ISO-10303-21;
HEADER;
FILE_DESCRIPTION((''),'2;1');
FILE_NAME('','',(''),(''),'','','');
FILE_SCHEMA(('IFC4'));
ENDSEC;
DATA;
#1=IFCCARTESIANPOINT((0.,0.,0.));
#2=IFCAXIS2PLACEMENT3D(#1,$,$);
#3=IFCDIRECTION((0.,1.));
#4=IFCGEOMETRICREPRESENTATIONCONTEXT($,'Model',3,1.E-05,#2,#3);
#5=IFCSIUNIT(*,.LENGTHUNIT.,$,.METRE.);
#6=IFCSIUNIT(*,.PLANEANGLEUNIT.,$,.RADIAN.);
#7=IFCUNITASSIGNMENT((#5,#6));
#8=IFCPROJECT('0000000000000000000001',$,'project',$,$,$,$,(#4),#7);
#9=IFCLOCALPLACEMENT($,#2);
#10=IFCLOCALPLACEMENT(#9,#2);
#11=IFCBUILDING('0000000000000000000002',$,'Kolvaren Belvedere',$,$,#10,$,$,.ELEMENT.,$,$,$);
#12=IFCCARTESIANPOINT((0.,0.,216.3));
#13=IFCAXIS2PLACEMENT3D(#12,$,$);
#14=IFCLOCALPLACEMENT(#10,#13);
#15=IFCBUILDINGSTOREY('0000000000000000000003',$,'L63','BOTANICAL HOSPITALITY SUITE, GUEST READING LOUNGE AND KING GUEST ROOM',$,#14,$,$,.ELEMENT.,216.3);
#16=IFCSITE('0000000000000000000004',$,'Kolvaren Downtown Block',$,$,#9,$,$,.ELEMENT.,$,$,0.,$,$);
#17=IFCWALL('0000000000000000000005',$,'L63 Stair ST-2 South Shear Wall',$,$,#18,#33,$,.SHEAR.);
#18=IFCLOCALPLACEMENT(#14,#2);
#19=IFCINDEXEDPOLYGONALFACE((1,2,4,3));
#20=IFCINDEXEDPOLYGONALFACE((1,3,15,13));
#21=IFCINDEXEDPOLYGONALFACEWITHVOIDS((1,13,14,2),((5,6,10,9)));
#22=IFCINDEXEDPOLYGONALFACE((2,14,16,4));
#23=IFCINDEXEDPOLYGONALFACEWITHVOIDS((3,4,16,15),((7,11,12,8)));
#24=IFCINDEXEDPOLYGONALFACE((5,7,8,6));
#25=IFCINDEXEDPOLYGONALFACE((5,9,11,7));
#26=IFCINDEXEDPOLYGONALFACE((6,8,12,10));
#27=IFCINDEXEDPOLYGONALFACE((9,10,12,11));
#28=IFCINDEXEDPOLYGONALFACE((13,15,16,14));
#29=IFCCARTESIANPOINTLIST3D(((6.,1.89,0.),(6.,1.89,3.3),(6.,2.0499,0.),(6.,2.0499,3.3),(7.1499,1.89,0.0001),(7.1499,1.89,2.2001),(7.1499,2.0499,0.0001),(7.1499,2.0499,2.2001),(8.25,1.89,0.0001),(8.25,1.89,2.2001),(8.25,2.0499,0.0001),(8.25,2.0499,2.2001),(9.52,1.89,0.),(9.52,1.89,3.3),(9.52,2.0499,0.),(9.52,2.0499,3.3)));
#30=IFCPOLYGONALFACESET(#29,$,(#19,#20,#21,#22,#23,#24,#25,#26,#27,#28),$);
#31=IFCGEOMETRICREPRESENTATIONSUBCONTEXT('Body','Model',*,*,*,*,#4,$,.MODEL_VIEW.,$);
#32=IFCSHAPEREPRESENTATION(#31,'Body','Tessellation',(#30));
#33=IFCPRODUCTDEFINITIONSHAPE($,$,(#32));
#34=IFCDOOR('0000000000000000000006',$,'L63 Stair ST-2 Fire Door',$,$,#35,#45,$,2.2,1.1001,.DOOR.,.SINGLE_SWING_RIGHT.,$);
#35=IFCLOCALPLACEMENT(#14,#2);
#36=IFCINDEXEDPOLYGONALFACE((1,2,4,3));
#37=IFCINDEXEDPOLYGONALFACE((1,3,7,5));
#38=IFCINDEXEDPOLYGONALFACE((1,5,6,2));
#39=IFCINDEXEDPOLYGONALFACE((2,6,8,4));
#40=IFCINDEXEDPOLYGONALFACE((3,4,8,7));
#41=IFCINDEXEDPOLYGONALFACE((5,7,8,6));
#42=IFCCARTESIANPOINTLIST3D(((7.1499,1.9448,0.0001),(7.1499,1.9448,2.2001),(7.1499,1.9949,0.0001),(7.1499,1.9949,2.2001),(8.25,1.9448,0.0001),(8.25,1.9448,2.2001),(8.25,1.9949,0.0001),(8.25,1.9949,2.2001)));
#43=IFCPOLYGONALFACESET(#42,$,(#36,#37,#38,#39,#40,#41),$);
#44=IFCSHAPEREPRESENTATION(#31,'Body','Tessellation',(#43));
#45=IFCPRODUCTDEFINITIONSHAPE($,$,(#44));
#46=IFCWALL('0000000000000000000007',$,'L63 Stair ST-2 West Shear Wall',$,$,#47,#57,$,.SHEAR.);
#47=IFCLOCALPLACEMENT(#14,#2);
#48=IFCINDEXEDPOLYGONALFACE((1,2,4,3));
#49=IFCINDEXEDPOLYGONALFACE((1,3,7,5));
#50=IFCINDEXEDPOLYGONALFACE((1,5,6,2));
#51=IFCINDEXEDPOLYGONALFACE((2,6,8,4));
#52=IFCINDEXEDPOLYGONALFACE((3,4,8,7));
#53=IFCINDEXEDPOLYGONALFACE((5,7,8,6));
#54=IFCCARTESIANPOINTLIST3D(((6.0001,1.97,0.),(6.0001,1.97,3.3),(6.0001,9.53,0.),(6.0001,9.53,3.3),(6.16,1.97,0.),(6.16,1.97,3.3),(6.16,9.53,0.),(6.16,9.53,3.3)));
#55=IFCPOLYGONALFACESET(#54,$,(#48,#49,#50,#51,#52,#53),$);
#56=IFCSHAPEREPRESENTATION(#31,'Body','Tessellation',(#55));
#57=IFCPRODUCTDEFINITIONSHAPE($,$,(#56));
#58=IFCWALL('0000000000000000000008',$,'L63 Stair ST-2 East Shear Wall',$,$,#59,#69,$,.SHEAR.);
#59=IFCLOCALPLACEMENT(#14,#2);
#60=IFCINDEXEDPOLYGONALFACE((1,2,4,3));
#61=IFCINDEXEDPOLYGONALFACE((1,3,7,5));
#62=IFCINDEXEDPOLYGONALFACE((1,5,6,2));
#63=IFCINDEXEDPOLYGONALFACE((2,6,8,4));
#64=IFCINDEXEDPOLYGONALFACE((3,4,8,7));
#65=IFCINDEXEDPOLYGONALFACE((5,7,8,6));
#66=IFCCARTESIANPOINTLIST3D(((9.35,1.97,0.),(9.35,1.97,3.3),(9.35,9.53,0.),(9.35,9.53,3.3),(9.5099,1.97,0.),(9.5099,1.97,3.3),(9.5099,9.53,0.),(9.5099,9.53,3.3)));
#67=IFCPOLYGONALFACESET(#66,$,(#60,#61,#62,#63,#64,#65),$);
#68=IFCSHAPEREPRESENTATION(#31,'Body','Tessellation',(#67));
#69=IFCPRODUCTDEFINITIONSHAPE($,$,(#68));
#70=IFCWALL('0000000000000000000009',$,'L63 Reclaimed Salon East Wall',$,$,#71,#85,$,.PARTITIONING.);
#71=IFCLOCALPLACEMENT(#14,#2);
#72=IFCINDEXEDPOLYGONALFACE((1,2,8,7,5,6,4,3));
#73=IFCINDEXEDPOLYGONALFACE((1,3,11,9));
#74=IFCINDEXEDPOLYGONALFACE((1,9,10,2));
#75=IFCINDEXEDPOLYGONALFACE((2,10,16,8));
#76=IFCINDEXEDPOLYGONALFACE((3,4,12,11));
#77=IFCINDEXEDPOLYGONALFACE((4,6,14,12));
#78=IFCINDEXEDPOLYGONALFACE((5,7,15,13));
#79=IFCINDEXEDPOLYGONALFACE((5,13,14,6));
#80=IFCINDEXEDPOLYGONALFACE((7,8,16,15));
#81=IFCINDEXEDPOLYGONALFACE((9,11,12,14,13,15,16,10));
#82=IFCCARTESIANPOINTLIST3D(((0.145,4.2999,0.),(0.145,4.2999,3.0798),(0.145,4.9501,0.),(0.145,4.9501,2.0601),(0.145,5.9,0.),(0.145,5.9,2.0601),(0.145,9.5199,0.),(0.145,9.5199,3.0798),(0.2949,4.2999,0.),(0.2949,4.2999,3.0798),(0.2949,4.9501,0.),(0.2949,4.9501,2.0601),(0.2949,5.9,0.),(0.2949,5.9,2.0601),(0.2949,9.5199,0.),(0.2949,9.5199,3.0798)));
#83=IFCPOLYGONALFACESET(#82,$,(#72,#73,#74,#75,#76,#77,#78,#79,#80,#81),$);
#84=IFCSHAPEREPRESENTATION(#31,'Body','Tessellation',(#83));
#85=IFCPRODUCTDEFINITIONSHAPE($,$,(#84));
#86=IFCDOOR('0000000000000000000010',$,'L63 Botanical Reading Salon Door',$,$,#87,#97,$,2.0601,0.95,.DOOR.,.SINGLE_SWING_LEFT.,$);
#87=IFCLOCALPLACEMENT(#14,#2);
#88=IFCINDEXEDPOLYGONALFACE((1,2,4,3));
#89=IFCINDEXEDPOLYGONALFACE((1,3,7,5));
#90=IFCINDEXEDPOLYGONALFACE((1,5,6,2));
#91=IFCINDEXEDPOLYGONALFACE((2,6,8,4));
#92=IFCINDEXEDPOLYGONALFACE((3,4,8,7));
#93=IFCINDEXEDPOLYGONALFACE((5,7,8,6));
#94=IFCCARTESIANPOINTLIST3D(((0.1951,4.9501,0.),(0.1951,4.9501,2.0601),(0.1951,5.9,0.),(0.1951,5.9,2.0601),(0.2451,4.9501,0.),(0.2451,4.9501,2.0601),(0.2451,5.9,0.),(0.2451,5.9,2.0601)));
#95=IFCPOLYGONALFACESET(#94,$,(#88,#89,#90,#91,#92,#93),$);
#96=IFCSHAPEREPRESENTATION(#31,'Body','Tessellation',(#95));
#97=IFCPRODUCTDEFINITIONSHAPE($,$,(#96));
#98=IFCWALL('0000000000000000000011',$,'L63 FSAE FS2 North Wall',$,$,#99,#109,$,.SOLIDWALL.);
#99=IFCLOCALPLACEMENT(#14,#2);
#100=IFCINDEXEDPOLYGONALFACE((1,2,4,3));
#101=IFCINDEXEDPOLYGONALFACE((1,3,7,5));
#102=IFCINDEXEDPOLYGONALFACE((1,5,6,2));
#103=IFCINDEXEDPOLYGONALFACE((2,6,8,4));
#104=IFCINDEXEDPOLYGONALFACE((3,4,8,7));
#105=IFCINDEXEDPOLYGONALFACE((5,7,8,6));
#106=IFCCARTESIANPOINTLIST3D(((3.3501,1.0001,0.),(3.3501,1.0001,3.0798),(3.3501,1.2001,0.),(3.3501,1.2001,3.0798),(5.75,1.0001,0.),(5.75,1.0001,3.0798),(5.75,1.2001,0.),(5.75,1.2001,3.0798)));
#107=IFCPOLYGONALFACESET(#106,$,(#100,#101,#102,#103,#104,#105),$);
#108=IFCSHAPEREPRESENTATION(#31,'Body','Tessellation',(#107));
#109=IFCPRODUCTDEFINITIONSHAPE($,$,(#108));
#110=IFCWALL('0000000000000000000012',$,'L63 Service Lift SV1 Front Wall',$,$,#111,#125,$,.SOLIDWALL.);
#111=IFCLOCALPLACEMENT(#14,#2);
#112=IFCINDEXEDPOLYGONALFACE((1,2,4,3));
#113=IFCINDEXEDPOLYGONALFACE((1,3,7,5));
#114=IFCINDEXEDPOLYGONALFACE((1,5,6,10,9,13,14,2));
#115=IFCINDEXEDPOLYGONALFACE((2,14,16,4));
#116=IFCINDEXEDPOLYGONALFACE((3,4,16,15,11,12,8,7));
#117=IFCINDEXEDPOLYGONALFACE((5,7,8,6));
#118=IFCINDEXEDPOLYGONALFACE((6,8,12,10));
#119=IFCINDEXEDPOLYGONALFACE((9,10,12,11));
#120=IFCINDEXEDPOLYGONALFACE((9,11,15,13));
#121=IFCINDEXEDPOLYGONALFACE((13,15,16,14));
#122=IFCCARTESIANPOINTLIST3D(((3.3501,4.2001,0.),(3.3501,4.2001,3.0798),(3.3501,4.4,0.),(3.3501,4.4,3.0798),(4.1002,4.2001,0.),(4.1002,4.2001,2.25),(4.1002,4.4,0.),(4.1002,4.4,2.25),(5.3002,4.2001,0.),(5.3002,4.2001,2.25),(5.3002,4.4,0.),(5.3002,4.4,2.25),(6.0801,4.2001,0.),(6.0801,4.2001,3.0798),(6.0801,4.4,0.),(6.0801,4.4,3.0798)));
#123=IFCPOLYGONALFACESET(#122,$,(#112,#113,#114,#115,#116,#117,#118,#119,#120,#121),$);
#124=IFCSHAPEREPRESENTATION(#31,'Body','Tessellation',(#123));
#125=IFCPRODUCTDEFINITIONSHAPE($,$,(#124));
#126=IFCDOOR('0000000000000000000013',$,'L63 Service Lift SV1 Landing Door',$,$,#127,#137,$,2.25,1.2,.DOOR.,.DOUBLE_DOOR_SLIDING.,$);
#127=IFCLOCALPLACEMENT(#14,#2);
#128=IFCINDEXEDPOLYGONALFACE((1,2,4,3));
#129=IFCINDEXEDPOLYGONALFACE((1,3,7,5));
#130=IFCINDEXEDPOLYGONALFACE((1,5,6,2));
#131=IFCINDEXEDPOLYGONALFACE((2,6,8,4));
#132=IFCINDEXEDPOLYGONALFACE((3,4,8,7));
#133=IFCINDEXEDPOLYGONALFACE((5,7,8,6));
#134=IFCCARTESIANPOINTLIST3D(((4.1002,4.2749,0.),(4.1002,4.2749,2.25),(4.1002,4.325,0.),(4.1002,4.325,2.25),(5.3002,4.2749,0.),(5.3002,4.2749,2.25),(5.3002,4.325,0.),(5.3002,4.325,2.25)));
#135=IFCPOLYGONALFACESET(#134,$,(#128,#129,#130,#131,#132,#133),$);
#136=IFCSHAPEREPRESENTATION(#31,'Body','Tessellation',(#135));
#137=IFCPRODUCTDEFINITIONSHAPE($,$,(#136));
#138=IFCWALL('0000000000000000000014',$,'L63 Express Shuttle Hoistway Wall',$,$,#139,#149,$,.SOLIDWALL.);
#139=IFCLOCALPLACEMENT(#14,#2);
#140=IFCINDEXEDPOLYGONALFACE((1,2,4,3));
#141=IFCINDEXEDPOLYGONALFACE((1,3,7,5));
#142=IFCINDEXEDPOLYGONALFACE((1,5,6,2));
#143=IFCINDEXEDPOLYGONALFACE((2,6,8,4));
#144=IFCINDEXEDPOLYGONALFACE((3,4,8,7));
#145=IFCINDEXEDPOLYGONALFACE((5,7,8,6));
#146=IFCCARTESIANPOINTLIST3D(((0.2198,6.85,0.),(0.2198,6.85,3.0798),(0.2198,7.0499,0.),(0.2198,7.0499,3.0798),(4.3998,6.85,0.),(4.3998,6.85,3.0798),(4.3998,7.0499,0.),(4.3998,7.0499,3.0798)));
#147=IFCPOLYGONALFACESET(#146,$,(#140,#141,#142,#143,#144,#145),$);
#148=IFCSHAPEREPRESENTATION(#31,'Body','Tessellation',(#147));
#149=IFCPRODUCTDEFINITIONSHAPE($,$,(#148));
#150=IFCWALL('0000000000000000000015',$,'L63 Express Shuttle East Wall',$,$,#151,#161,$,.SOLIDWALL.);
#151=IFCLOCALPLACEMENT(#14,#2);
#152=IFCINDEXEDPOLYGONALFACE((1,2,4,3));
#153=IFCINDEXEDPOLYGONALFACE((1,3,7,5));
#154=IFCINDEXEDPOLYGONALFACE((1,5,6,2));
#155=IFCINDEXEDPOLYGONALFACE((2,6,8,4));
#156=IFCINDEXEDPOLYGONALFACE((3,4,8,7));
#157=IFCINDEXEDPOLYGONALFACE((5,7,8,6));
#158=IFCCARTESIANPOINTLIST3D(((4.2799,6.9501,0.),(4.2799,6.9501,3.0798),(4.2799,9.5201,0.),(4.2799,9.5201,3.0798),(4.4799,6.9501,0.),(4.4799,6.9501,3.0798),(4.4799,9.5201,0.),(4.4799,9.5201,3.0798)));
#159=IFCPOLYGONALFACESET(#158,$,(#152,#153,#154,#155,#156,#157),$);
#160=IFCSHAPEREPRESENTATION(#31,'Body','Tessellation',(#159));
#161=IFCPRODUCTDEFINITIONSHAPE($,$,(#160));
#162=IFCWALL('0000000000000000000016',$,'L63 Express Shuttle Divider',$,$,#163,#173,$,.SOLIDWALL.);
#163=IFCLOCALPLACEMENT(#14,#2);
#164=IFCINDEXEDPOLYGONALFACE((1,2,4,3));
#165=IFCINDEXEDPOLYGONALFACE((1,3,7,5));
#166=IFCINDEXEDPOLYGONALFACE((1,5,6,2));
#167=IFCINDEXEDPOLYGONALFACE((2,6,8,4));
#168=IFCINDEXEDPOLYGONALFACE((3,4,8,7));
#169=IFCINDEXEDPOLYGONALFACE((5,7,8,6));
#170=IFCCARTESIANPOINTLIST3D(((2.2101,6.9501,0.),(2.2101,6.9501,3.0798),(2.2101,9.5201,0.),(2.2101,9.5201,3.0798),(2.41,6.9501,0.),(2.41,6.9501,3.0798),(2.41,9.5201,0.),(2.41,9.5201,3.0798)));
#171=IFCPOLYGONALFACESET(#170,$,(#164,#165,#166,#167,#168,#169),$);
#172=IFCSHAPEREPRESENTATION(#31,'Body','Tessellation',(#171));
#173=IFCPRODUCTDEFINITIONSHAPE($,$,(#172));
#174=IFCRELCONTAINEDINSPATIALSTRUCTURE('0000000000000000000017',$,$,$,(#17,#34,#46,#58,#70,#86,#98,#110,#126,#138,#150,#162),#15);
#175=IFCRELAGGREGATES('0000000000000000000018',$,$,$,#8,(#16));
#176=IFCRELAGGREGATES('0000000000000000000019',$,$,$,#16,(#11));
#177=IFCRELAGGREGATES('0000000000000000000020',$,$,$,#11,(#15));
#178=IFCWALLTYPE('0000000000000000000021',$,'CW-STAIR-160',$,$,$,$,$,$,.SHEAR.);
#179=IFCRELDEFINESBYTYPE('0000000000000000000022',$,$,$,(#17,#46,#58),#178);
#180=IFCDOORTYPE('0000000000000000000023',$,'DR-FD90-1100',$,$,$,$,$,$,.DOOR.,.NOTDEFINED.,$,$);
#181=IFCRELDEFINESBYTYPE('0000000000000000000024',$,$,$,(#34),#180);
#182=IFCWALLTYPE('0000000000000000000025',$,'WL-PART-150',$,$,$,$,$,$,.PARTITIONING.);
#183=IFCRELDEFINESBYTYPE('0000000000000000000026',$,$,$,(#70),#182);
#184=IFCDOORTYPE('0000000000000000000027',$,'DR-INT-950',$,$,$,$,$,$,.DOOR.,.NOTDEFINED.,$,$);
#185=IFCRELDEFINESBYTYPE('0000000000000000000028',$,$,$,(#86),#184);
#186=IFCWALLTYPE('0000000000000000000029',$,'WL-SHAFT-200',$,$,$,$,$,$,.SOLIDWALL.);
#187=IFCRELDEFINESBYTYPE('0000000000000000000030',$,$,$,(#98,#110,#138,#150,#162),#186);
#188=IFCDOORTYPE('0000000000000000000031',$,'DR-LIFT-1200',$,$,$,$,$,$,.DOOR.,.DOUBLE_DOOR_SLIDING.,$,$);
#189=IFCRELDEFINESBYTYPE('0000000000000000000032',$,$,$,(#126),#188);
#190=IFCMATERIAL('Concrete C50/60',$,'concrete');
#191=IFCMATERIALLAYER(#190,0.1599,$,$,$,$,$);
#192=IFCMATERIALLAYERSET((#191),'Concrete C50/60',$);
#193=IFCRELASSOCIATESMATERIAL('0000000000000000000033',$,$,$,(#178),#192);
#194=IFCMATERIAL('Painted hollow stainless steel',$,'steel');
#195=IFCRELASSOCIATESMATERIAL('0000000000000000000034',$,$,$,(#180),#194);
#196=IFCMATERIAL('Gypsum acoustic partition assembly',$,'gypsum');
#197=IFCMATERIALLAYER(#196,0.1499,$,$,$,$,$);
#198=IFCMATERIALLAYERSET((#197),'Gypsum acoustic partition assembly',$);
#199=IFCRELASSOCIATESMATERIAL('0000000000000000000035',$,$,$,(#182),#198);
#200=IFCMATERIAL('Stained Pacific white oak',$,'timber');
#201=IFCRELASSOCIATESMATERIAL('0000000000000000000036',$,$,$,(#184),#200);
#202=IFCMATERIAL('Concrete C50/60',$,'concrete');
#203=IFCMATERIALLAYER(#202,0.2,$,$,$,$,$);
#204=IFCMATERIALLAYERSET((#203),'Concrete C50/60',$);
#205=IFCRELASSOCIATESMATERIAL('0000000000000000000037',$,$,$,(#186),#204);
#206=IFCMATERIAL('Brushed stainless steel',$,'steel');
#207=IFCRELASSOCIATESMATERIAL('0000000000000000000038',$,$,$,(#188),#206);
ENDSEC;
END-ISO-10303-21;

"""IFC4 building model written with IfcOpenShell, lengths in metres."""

from ifc_helpers import new_model, si_unit, direction, frame, frame_2d, origin, place, context, subcontext, project, spatial, rectangle, extrude, material, layer, layer_set, type_object, element, fill, save


model = new_model("IFC4")

# Units and contexts
model_context = context("Model", 3, precision=1e-05, world=origin(), true_north=direction((0.0, 1.0)))
body_context = subcontext(model_context, "Body", "Model", "MODEL_VIEW")
ifc_project = project(units=[si_unit("LENGTHUNIT", "METRE"), si_unit("PLANEANGLEUNIT", "RADIAN")], contexts=[model_context])

# Site, building, storey
site_placement = place(None, origin())
site = spatial("IfcSite", under=ifc_project, at=site_placement, Name="Kolvaren Downtown Block", CompositionType="ELEMENT", RefElevation=0.0)
building_placement = place(site_placement, origin())
building = spatial("IfcBuilding", under=site, at=building_placement, Name="Kolvaren Belvedere", CompositionType="ELEMENT")
storey_placement = place(building_placement, frame((0.0, 0.0, 216.3)))
storey = spatial("IfcBuildingStorey", under=building, at=storey_placement, Name="L63", Description="BOTANICAL HOSPITALITY SUITE, GUEST READING LOUNGE AND KING GUEST ROOM", CompositionType="ELEMENT", Elevation=216.3)

# Wall, opening, door
ifc_material_1 = material(Name="Concrete C50/60", Category="concrete")
ifc_layer_1 = layer(ifc_material_1, 0.1599)
ifc_layer_set_1 = layer_set([ifc_layer_1], Name="Concrete C50/60")
wall_type_1 = type_object("IfcWallType", Name="CW-STAIR-160", PredefinedType="SHEAR", material=ifc_layer_set_1)
wall_1_placement = place(storey_placement, frame((6.0, 1.97, 0.0), z_axis=(0.0, 0.0, 1.0), x_axis=(1.0, 0.0, 0.0)))
wall_1 = element("IfcWall", 1, at=wall_1_placement, inside=storey, type_object=wall_type_1, Name="L63 Stair ST-2 South Shear Wall", PredefinedType="SHEAR", context=body_context, shape_type="SweptSolid", body=[
    extrude(rectangle(XDim=3.52, YDim=0.1599, at=frame_2d((1.76, 0.0))), origin(), (0.0, 0.0, 1.0), 3.3),
])
opening_1_placement = place(wall_1_placement, frame((1.1499, 0.0, 0.0)))
opening_1 = element("IfcOpeningElement", 2, at=opening_1_placement, cuts=wall_1, PredefinedType="OPENING", context=body_context, shape_type="SweptSolid", body=[
    extrude(rectangle(XDim=1.1001, YDim=2.2, at=frame_2d((0.55, 1.1001))), frame((0.0, 0.0898, 0.0), z_axis=(0.0, -1.0, 0.0), x_axis=(1.0, 0.0, 0.0)), (0.0, 0.0, 1.0), 0.1799),
])
ifc_material_2 = material(Name="Painted hollow stainless steel", Category="steel")
door_type_1 = type_object("IfcDoorType", Name="DR-FD90-1100", OperationType="NOTDEFINED", PredefinedType="DOOR", material=ifc_material_2)
door_1_placement = place(opening_1_placement, origin())
door_1 = element("IfcDoor", 3, at=door_1_placement, inside=storey, type_object=door_type_1, Name="L63 Stair ST-2 Fire Door", OperationType="SINGLE_SWING_RIGHT", OverallHeight=2.2, OverallWidth=1.1001, PredefinedType="DOOR", context=body_context, shape_type="SweptSolid", body=[
    extrude(rectangle(XDim=1.1001, YDim=2.2, at=frame_2d((0.55, 1.1001))), frame((0.0, 0.0249, 0.0), z_axis=(0.0, -1.0, 0.0), x_axis=(1.0, 0.0, 0.0)), (0.0, 0.0, 1.0), 0.05),
])
fill(opening_1, door_1)

# Walls
for number, where, z_axis, x_axis, name in (
    (4, (6.0801, 1.97, 0.0), (0.0, 0.0, 1.0), (0.0, 1.0, 0.0), "L63 Stair ST-2 West Shear Wall"),
    (5, (9.4299, 1.97, 0.0), (0.0, 0.0, 1.0), (0.0, 1.0, 0.0), "L63 Stair ST-2 East Shear Wall"),
):
    element("IfcWall", number, at=place(storey_placement, frame(where, z_axis=z_axis, x_axis=x_axis)), inside=storey, type_object=wall_type_1, Name=name, PredefinedType="SHEAR", context=body_context, shape_type="SweptSolid", body=[
        extrude(rectangle(XDim=7.5601, YDim=0.1599, at=frame_2d((3.78, 0.0))), origin(), (0.0, 0.0, 1.0), 3.3),
    ])

# Wall, opening, door
ifc_material_3 = material(Name="Gypsum acoustic partition assembly", Category="gypsum")
ifc_layer_2 = layer(ifc_material_3, 0.1499)
ifc_layer_set_2 = layer_set([ifc_layer_2], Name="Gypsum acoustic partition assembly")
wall_type_2 = type_object("IfcWallType", Name="WL-PART-150", PredefinedType="PARTITIONING", material=ifc_layer_set_2)
wall_2_placement = place(storey_placement, frame((0.22, 4.3, 0.0), z_axis=(0.0, 0.0, 1.0), x_axis=(0.0, 1.0, 0.0)))
wall_2 = element("IfcWall", 6, at=wall_2_placement, inside=storey, type_object=wall_type_2, Name="L63 Reclaimed Salon East Wall", PredefinedType="PARTITIONING", context=body_context, shape_type="SweptSolid", body=[
    extrude(rectangle(XDim=5.22, YDim=0.1499, at=frame_2d((2.6099, 0.0))), origin(), (0.0, 0.0, 1.0), 3.0798),
])
opening_2_placement = place(wall_2_placement, frame((0.6499, 0.0, 0.0)))
opening_2 = element("IfcOpeningElement", 7, at=opening_2_placement, cuts=wall_2, PredefinedType="OPENING", context=body_context, shape_type="SweptSolid", body=[
    extrude(rectangle(XDim=0.95, YDim=2.0601, at=frame_2d((0.4751, 1.03))), frame((0.0, 0.085, 0.0), z_axis=(0.0, -1.0, 0.0), x_axis=(1.0, 0.0, 0.0)), (0.0, 0.0, 1.0), 0.1699),
])
ifc_material_4 = material(Name="Stained Pacific white oak", Category="timber")
door_type_2 = type_object("IfcDoorType", Name="DR-INT-950", OperationType="NOTDEFINED", PredefinedType="DOOR", material=ifc_material_4)
door_2_placement = place(opening_2_placement, origin())
door_2 = element("IfcDoor", 8, at=door_2_placement, inside=storey, type_object=door_type_2, Name="L63 Botanical Reading Salon Door", OperationType="SINGLE_SWING_LEFT", OverallHeight=2.0601, OverallWidth=0.95, PredefinedType="DOOR", context=body_context, shape_type="SweptSolid", body=[
    extrude(rectangle(XDim=0.95, YDim=2.0601, at=frame_2d((0.4751, 1.03))), frame((0.0, 0.0249, 0.0), z_axis=(0.0, -1.0, 0.0), x_axis=(1.0, 0.0, 0.0)), (0.0, 0.0, 1.0), 0.05),
])
fill(opening_2, door_2)

# Wall
ifc_material_5 = material(Name="Concrete C50/60", Category="concrete")
ifc_layer_3 = layer(ifc_material_5, 0.2)
ifc_layer_set_3 = layer_set([ifc_layer_3], Name="Concrete C50/60")
wall_type_3 = type_object("IfcWallType", Name="WL-SHAFT-200", PredefinedType="SOLIDWALL", material=ifc_layer_set_3)
wall_3_placement = place(storey_placement, frame((3.3501, 1.1001, 0.0), z_axis=(0.0, 0.0, 1.0), x_axis=(1.0, 0.0, 0.0)))
element("IfcWall", 9, at=wall_3_placement, inside=storey, type_object=wall_type_3, Name="L63 FSAE FS2 North Wall", PredefinedType="SOLIDWALL", context=body_context, shape_type="SweptSolid", body=[
    extrude(rectangle(XDim=2.3999, YDim=0.2, at=frame_2d((1.2, 0.0))), origin(), (0.0, 0.0, 1.0), 3.0798),
])

# Wall, opening, door
wall_4_placement = place(storey_placement, frame((3.3501, 4.3, 0.0), z_axis=(0.0, 0.0, 1.0), x_axis=(1.0, 0.0, 0.0)))
wall_4 = element("IfcWall", 10, at=wall_4_placement, inside=storey, type_object=wall_type_3, Name="L63 Service Lift SV1 Front Wall", PredefinedType="SOLIDWALL", context=body_context, shape_type="SweptSolid", body=[
    extrude(rectangle(XDim=2.73, YDim=0.2, at=frame_2d((1.365, 0.0))), origin(), (0.0, 0.0, 1.0), 3.0798),
])
opening_3_placement = place(wall_4_placement, frame((0.75, 0.0, 0.0)))
opening_3 = element("IfcOpeningElement", 11, at=opening_3_placement, cuts=wall_4, PredefinedType="OPENING", context=body_context, shape_type="SweptSolid", body=[
    extrude(rectangle(XDim=1.2, YDim=2.25, at=frame_2d((0.6001, 1.125))), frame((0.0, 0.1099, 0.0), z_axis=(0.0, -1.0, 0.0), x_axis=(1.0, 0.0, 0.0)), (0.0, 0.0, 1.0), 0.22),
])
ifc_material_6 = material(Name="Brushed stainless steel", Category="steel")
door_type_3 = type_object("IfcDoorType", Name="DR-LIFT-1200", OperationType="DOUBLE_DOOR_SLIDING", PredefinedType="DOOR", material=ifc_material_6)
door_3_placement = place(opening_3_placement, origin())
door_3 = element("IfcDoor", 12, at=door_3_placement, inside=storey, type_object=door_type_3, Name="L63 Service Lift SV1 Landing Door", OperationType="DOUBLE_DOOR_SLIDING", OverallHeight=2.25, OverallWidth=1.2, PredefinedType="DOOR", context=body_context, shape_type="SweptSolid", body=[
    extrude(rectangle(XDim=1.2, YDim=2.25, at=frame_2d((0.6001, 1.125))), frame((0.0, 0.0249, 0.0), z_axis=(0.0, -1.0, 0.0), x_axis=(1.0, 0.0, 0.0)), (0.0, 0.0, 1.0), 0.05),
])
fill(opening_3, door_3)

# Walls
wall_5_placement = place(storey_placement, frame((0.22, 6.95, 0.0), z_axis=(0.0, 0.0, 1.0), x_axis=(1.0, 0.0, 0.0)))
element("IfcWall", 13, at=wall_5_placement, inside=storey, type_object=wall_type_3, Name="L63 Express Shuttle Hoistway Wall", PredefinedType="SOLIDWALL", context=body_context, shape_type="SweptSolid", body=[
    extrude(rectangle(XDim=4.1799, YDim=0.2, at=frame_2d((2.0898, 0.0))), origin(), (0.0, 0.0, 1.0), 3.0798),
])
for number, where, z_axis, x_axis, name in (
    (14, (4.3799, 6.95, 0.0), (0.0, 0.0, 1.0), (0.0, 1.0, 0.0), "L63 Express Shuttle East Wall"),
    (15, (2.3101, 6.95, 0.0), (0.0, 0.0, 1.0), (0.0, 1.0, 0.0), "L63 Express Shuttle Divider"),
):
    element("IfcWall", number, at=place(storey_placement, frame(where, z_axis=z_axis, x_axis=x_axis)), inside=storey, type_object=wall_type_3, Name=name, PredefinedType="SOLIDWALL", context=body_context, shape_type="SweptSolid", body=[
        extrude(rectangle(XDim=2.5701, YDim=0.2, at=frame_2d((1.2852, 0.0))), origin(), (0.0, 0.0, 1.0), 3.0798),
    ])

save(model, "model.ifc")
